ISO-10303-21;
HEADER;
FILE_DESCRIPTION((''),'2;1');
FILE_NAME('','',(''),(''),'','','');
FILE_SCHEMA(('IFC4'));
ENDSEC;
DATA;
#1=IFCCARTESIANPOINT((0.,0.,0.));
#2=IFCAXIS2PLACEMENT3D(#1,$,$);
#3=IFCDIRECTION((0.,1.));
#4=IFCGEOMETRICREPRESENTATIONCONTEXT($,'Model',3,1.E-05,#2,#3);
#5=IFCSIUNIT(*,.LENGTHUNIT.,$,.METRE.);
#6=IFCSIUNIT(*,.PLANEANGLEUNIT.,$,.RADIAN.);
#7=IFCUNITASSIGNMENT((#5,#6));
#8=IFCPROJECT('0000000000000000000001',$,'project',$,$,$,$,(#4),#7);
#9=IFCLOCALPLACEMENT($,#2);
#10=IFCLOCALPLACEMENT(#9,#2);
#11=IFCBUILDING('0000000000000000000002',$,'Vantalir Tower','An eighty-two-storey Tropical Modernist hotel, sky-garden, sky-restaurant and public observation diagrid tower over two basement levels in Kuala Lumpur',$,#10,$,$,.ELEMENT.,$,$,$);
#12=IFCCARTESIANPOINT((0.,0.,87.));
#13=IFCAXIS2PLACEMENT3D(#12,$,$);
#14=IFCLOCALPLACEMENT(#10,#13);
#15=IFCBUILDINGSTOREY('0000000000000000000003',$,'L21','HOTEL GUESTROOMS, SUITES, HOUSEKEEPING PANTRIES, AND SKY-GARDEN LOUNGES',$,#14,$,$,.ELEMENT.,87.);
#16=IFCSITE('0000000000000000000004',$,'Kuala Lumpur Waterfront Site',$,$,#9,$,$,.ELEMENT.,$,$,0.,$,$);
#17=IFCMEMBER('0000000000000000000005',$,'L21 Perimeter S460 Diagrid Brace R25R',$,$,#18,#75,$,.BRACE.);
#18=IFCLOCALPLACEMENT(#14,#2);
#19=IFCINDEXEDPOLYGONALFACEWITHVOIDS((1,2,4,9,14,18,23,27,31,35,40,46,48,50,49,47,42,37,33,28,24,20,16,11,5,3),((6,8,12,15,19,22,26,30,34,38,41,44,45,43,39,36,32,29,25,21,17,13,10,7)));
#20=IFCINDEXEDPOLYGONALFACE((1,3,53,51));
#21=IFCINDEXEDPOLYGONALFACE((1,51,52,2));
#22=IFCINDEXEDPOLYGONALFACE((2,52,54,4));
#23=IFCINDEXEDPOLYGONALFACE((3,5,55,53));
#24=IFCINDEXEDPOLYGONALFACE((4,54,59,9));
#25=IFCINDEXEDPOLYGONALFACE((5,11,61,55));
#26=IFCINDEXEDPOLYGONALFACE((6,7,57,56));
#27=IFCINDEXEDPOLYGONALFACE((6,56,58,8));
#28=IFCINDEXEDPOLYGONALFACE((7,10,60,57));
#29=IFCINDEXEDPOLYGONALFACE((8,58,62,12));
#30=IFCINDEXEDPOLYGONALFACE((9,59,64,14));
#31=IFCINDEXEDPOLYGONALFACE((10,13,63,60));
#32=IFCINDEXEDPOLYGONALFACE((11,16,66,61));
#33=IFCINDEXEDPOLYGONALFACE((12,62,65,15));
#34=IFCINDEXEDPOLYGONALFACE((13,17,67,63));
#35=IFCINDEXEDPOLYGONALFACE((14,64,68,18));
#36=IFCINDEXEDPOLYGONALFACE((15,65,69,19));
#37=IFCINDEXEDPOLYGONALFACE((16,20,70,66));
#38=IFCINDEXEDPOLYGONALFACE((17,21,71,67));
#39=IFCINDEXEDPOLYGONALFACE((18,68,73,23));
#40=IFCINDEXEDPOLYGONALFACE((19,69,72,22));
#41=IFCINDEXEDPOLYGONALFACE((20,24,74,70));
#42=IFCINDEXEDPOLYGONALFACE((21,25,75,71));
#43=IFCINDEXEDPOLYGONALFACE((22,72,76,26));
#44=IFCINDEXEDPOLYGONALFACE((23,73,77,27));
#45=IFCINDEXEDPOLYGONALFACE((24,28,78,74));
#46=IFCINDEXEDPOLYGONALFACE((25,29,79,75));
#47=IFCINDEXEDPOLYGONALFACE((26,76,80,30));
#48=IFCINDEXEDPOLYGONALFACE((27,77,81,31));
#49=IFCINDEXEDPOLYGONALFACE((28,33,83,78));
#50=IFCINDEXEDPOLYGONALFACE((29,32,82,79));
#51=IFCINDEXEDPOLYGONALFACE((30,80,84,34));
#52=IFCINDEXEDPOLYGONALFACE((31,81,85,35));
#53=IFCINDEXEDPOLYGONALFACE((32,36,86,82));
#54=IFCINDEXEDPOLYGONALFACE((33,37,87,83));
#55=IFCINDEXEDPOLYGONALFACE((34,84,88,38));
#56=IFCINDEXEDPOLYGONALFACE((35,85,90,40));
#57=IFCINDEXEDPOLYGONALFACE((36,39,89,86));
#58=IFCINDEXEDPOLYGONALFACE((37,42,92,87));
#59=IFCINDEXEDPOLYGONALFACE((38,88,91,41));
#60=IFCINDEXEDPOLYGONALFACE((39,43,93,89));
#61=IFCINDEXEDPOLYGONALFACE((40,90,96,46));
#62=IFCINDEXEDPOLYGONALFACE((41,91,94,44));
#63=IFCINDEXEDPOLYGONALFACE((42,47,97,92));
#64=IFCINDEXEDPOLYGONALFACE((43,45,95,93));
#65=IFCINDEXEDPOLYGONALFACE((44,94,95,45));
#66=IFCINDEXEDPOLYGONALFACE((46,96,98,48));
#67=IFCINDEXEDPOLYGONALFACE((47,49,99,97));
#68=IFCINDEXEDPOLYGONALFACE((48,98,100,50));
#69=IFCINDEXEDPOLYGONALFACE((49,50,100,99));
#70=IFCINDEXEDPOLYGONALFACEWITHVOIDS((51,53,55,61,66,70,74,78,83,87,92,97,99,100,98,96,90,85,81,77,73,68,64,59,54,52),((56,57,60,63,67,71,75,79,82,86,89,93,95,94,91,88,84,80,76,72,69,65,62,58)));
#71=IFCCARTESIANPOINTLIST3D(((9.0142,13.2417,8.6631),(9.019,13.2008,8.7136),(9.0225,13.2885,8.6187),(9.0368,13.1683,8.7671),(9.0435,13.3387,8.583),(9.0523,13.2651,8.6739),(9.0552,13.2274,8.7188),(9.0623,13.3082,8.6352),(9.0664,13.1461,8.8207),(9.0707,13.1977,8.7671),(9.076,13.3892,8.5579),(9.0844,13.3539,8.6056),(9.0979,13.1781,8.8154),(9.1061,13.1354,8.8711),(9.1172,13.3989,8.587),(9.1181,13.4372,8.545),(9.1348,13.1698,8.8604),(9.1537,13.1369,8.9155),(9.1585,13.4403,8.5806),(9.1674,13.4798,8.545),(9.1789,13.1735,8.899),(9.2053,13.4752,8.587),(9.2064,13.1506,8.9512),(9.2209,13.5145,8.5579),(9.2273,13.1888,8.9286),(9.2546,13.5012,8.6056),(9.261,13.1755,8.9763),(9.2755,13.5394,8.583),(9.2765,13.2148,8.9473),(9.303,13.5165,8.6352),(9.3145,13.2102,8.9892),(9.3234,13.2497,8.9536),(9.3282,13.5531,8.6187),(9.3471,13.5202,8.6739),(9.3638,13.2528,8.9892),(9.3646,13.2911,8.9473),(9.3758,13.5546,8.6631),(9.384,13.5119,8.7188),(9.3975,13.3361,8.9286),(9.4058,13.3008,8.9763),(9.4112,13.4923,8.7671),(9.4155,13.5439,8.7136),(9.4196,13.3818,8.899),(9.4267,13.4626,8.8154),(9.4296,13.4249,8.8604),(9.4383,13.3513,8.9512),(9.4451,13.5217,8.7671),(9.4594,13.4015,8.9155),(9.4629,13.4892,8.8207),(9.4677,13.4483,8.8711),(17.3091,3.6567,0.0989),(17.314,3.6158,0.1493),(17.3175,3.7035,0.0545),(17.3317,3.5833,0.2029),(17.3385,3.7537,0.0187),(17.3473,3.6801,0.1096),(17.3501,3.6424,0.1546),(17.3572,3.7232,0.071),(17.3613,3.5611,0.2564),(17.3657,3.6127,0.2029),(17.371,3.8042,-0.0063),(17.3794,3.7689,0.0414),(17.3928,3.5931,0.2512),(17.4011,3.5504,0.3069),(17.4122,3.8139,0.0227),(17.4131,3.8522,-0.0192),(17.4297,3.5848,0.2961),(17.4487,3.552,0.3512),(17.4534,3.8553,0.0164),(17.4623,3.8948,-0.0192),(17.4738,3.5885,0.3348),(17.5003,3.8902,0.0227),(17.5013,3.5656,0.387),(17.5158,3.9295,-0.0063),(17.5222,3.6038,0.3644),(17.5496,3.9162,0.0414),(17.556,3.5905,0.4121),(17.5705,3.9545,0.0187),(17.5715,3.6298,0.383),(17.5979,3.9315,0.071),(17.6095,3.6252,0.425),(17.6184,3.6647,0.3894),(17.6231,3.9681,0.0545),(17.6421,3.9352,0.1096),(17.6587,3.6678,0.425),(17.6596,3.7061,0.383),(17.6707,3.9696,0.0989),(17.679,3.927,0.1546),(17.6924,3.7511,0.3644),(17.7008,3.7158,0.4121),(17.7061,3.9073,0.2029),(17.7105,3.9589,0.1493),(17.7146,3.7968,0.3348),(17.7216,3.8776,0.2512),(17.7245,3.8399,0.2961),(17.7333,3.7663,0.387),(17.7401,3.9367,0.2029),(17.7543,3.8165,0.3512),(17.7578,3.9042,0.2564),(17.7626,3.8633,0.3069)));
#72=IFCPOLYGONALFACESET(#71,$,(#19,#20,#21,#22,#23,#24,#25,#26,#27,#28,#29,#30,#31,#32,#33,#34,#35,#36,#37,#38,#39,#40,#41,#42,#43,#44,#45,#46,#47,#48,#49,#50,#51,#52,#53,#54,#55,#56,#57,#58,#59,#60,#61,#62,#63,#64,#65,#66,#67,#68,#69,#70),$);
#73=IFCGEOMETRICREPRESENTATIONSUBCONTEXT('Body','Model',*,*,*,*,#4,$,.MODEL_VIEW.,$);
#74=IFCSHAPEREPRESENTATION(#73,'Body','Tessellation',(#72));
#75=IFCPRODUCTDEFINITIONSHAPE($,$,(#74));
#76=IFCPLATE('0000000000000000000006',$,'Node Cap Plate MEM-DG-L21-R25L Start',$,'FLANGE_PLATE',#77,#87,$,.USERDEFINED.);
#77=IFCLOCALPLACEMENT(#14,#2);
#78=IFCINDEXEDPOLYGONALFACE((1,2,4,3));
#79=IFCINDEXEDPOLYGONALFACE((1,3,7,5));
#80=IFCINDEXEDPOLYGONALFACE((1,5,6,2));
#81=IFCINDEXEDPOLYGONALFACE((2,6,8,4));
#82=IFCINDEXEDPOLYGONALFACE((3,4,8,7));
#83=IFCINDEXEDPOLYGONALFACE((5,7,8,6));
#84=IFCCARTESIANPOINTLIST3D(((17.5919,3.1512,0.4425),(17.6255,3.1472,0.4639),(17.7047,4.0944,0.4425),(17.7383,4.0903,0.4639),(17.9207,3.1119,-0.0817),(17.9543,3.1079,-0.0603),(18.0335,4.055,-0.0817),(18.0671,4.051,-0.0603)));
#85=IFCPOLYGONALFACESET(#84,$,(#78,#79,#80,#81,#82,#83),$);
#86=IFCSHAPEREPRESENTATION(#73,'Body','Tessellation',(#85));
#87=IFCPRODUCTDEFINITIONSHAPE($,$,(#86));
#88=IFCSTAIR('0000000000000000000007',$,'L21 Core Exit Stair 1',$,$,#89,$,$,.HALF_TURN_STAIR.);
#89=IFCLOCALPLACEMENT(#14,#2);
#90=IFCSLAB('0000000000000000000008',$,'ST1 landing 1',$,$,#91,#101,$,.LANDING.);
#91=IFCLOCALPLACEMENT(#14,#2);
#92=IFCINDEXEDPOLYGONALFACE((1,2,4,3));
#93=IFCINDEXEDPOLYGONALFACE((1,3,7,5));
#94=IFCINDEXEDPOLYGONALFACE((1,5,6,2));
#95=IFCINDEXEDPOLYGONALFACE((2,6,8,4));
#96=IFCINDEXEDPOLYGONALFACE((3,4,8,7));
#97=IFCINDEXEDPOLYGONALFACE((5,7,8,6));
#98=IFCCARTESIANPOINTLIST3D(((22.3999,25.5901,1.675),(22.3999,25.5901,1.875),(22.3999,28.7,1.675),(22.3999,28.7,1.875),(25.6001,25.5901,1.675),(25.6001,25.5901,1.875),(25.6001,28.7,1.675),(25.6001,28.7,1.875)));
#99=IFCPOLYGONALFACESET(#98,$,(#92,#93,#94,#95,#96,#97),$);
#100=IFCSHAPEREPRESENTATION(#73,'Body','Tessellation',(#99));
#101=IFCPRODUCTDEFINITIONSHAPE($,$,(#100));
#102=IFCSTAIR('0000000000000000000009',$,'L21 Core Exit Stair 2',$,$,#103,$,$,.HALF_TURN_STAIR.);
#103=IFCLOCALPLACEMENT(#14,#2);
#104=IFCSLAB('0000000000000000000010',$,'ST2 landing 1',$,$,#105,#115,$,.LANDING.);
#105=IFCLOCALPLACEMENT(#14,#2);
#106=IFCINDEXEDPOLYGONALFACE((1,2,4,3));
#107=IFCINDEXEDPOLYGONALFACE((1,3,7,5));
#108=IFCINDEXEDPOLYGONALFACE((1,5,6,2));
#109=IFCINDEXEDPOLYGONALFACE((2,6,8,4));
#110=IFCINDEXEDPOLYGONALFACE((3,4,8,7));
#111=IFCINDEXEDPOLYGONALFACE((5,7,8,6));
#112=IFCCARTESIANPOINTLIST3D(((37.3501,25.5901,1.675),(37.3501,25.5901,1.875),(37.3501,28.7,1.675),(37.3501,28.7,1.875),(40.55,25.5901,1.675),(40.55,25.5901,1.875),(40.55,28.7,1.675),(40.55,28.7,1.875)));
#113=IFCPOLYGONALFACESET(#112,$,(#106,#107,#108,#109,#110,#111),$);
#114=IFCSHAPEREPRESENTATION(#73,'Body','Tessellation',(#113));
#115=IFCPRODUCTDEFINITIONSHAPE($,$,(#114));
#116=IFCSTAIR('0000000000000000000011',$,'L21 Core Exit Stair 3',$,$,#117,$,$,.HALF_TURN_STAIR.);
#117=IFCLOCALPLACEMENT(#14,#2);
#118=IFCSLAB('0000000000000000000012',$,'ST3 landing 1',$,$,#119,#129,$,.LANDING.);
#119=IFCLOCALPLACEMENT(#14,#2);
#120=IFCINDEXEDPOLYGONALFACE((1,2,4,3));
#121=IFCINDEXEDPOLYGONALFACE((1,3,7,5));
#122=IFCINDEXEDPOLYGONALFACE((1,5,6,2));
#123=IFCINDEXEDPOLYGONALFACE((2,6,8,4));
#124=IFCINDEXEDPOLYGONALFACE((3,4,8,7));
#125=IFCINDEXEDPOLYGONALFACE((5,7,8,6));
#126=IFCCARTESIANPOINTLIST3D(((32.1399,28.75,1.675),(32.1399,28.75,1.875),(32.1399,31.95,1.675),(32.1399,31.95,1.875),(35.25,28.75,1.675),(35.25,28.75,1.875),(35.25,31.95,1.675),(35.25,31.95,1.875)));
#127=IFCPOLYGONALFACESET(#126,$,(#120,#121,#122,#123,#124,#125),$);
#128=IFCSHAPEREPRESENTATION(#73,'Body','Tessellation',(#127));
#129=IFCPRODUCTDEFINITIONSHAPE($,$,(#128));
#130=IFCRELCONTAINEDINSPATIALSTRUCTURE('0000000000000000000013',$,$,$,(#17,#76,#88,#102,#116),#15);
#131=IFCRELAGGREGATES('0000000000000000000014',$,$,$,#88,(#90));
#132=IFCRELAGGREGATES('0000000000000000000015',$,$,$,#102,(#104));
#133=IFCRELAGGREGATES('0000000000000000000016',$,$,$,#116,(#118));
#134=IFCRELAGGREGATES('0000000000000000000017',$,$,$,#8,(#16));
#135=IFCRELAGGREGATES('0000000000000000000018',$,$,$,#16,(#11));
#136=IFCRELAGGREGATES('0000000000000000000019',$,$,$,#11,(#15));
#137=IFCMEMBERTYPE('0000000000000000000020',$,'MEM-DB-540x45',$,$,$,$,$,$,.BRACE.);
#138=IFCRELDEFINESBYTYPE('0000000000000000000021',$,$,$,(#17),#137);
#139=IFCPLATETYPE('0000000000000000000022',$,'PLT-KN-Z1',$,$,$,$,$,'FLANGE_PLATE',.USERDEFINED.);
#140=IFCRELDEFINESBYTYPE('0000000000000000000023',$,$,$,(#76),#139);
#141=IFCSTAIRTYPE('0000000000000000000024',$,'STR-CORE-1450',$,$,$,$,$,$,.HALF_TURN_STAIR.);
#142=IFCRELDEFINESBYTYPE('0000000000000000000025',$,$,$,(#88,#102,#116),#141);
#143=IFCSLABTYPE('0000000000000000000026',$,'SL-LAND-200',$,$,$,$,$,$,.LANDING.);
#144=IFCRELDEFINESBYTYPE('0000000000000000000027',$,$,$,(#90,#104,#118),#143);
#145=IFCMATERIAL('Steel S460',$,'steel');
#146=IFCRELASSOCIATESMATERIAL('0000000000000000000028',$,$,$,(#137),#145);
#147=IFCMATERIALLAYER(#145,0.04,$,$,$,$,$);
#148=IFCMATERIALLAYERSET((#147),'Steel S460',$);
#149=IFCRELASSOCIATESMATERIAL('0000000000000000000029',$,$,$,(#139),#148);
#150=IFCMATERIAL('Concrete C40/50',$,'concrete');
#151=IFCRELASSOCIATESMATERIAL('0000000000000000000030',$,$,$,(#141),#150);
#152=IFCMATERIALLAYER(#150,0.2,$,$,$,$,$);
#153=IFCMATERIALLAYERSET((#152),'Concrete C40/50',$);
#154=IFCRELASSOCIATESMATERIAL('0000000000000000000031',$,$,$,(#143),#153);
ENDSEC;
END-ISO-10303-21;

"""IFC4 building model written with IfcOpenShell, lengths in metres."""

from ifc_helpers import new_model, si_unit, direction, frame, origin, origin_2d, place, context, subcontext, project, spatial, polyline, hollow_circle, outline, extrude, material, layer, layer_set, material_profile, profile_set, type_object, element, aggregate, save


model = new_model("IFC4")

# Units and contexts
model_context = context("Model", 3, precision=1e-05, world=origin(), true_north=direction((0.0, 1.0)))
body_context = subcontext(model_context, "Body", "Model", "MODEL_VIEW")
ifc_project = project(units=[si_unit("LENGTHUNIT", "METRE"), si_unit("PLANEANGLEUNIT", "RADIAN")], contexts=[model_context])

# Site, building, storey
site_placement = place(None, origin())
site = spatial("IfcSite", under=ifc_project, at=site_placement, Name="Kuala Lumpur Waterfront Site", CompositionType="ELEMENT", RefElevation=0.0)
building_placement = place(site_placement, origin())
building = spatial("IfcBuilding", under=site, at=building_placement, Name="Vantalir Tower", Description="An eighty-two-storey Tropical Modernist hotel, sky-garden, sky-restaurant and public observation diagrid tower over two basement levels in Kuala Lumpur", CompositionType="ELEMENT")
storey_placement = place(building_placement, frame((0.0, 0.0, 87.0)))
storey = spatial("IfcBuildingStorey", under=building, at=storey_placement, Name="L21", Description="HOTEL GUESTROOMS, SUITES, HOUSEKEEPING PANTRIES, AND SKY-GARDEN LOUNGES", CompositionType="ELEMENT", Elevation=87.0)

# Shared definitions
ifc_material_1 = material(Name="Steel S460", Category="steel")

# Member
ifc_material_profile_1 = material_profile(ifc_material_1, hollow_circle(Radius=0.27, WallThickness=0.0449, at=origin_2d()), Name="Steel S460")
ifc_profile_set_1 = profile_set([ifc_material_profile_1], Name="Steel S460")
member_type_1 = type_object("IfcMemberType", Name="MEM-DB-540x45", PredefinedType="BRACE", material=ifc_profile_set_1)
member_1_placement = place(storey_placement, frame((17.5359, 3.76, 0.2029), z_axis=(-0.542229, 0.626558, 0.559832), x_axis=(-0.756159, -0.654388, 0.0)))
element("IfcMember", 1, at=member_1_placement, inside=storey, type_object=member_type_1, Name="L21 Perimeter S460 Diagrid Brace R25R", PredefinedType="BRACE", context=body_context, shape_type="SweptSolid", body=[
    extrude(hollow_circle(Radius=0.27, WallThickness=0.0449, at=origin_2d()), origin(), (0.0, 0.0, 1.0), 15.2979),
])

# Plate
ifc_layer_1 = layer(ifc_material_1, 0.04)
ifc_layer_set_1 = layer_set([ifc_layer_1], Name="Steel S460")
plate_type = type_object("IfcPlateType", Name="PLT-KN-Z1", ElementType="FLANGE_PLATE", PredefinedType="USERDEFINED", material=ifc_layer_set_1)
plate_placement = place(storey_placement, frame((17.9543, 3.1079, -0.0603), z_axis=(0.839403, -0.100389, 0.534158), x_axis=(0.11875, 0.992924, 0.0)))
element("IfcPlate", 2, at=plate_placement, inside=storey, type_object=plate_type, Name="Node Cap Plate MEM-DG-L21-R25L Start", ObjectType="FLANGE_PLATE", PredefinedType="USERDEFINED", context=body_context, shape_type="SweptSolid", body=[
    extrude(outline(polyline([(0.0, 0.0), (0.9498, 0.0), (0.9498, 0.62), (0.0, 0.62), (0.0, 0.0)])), origin(), (0.0, 0.0, -1.0), 0.04),
])

# Stairs, slabs
ifc_material_2 = material(Name="Concrete C40/50", Category="concrete")
stair_type = type_object("IfcStairType", Name="STR-CORE-1450", PredefinedType="HALF_TURN_STAIR", material=ifc_material_2)
stair_1_placement = place(storey_placement, origin())
stair_1 = element("IfcStair", 3, at=stair_1_placement, inside=storey, type_object=stair_type, Name="L21 Core Exit Stair 1", PredefinedType="HALF_TURN_STAIR")
ifc_layer_2 = layer(ifc_material_2, 0.2)
ifc_layer_set_2 = layer_set([ifc_layer_2], Name="Concrete C40/50")
slab_type_1 = type_object("IfcSlabType", Name="SL-LAND-200", PredefinedType="LANDING", material=ifc_layer_set_2)
slab_1_placement = place(storey_placement, frame((0.0, 0.0, 1.675)))
slab_1 = element("IfcSlab", 4, at=slab_1_placement, type_object=slab_type_1, Name="ST1 landing 1", PredefinedType="LANDING", context=body_context, shape_type="SweptSolid", body=[
    extrude(outline(polyline([(25.6001, 25.5901), (25.6001, 28.7), (22.3999, 28.7), (22.3999, 25.5901), (25.6001, 25.5901)])), origin(), (0.0, 0.0, 1.0), 0.2),
])
aggregate(stair_1, [slab_1])
stair_2_placement = place(storey_placement, origin())
stair_2 = element("IfcStair", 5, at=stair_2_placement, inside=storey, type_object=stair_type, Name="L21 Core Exit Stair 2", PredefinedType="HALF_TURN_STAIR")
slab_2_placement = place(storey_placement, frame((0.0, 0.0, 1.675)))
slab_2 = element("IfcSlab", 6, at=slab_2_placement, type_object=slab_type_1, Name="ST2 landing 1", PredefinedType="LANDING", context=body_context, shape_type="SweptSolid", body=[
    extrude(outline(polyline([(40.55, 25.5901), (40.55, 28.7), (37.3501, 28.7), (37.3501, 25.5901), (40.55, 25.5901)])), origin(), (0.0, 0.0, 1.0), 0.2),
])
aggregate(stair_2, [slab_2])
stair_3_placement = place(storey_placement, origin())
stair_3 = element("IfcStair", 7, at=stair_3_placement, inside=storey, type_object=stair_type, Name="L21 Core Exit Stair 3", PredefinedType="HALF_TURN_STAIR")
slab_3_placement = place(storey_placement, frame((0.0, 0.0, 1.675)))
slab_3 = element("IfcSlab", 8, at=slab_3_placement, type_object=slab_type_1, Name="ST3 landing 1", PredefinedType="LANDING", context=body_context, shape_type="SweptSolid", body=[
    extrude(outline(polyline([(32.1399, 28.75), (35.25, 28.75), (35.25, 31.95), (32.1399, 31.95), (32.1399, 28.75)])), origin(), (0.0, 0.0, 1.0), 0.2),
])
aggregate(stair_3, [slab_3])

save(model, "model.ifc")
